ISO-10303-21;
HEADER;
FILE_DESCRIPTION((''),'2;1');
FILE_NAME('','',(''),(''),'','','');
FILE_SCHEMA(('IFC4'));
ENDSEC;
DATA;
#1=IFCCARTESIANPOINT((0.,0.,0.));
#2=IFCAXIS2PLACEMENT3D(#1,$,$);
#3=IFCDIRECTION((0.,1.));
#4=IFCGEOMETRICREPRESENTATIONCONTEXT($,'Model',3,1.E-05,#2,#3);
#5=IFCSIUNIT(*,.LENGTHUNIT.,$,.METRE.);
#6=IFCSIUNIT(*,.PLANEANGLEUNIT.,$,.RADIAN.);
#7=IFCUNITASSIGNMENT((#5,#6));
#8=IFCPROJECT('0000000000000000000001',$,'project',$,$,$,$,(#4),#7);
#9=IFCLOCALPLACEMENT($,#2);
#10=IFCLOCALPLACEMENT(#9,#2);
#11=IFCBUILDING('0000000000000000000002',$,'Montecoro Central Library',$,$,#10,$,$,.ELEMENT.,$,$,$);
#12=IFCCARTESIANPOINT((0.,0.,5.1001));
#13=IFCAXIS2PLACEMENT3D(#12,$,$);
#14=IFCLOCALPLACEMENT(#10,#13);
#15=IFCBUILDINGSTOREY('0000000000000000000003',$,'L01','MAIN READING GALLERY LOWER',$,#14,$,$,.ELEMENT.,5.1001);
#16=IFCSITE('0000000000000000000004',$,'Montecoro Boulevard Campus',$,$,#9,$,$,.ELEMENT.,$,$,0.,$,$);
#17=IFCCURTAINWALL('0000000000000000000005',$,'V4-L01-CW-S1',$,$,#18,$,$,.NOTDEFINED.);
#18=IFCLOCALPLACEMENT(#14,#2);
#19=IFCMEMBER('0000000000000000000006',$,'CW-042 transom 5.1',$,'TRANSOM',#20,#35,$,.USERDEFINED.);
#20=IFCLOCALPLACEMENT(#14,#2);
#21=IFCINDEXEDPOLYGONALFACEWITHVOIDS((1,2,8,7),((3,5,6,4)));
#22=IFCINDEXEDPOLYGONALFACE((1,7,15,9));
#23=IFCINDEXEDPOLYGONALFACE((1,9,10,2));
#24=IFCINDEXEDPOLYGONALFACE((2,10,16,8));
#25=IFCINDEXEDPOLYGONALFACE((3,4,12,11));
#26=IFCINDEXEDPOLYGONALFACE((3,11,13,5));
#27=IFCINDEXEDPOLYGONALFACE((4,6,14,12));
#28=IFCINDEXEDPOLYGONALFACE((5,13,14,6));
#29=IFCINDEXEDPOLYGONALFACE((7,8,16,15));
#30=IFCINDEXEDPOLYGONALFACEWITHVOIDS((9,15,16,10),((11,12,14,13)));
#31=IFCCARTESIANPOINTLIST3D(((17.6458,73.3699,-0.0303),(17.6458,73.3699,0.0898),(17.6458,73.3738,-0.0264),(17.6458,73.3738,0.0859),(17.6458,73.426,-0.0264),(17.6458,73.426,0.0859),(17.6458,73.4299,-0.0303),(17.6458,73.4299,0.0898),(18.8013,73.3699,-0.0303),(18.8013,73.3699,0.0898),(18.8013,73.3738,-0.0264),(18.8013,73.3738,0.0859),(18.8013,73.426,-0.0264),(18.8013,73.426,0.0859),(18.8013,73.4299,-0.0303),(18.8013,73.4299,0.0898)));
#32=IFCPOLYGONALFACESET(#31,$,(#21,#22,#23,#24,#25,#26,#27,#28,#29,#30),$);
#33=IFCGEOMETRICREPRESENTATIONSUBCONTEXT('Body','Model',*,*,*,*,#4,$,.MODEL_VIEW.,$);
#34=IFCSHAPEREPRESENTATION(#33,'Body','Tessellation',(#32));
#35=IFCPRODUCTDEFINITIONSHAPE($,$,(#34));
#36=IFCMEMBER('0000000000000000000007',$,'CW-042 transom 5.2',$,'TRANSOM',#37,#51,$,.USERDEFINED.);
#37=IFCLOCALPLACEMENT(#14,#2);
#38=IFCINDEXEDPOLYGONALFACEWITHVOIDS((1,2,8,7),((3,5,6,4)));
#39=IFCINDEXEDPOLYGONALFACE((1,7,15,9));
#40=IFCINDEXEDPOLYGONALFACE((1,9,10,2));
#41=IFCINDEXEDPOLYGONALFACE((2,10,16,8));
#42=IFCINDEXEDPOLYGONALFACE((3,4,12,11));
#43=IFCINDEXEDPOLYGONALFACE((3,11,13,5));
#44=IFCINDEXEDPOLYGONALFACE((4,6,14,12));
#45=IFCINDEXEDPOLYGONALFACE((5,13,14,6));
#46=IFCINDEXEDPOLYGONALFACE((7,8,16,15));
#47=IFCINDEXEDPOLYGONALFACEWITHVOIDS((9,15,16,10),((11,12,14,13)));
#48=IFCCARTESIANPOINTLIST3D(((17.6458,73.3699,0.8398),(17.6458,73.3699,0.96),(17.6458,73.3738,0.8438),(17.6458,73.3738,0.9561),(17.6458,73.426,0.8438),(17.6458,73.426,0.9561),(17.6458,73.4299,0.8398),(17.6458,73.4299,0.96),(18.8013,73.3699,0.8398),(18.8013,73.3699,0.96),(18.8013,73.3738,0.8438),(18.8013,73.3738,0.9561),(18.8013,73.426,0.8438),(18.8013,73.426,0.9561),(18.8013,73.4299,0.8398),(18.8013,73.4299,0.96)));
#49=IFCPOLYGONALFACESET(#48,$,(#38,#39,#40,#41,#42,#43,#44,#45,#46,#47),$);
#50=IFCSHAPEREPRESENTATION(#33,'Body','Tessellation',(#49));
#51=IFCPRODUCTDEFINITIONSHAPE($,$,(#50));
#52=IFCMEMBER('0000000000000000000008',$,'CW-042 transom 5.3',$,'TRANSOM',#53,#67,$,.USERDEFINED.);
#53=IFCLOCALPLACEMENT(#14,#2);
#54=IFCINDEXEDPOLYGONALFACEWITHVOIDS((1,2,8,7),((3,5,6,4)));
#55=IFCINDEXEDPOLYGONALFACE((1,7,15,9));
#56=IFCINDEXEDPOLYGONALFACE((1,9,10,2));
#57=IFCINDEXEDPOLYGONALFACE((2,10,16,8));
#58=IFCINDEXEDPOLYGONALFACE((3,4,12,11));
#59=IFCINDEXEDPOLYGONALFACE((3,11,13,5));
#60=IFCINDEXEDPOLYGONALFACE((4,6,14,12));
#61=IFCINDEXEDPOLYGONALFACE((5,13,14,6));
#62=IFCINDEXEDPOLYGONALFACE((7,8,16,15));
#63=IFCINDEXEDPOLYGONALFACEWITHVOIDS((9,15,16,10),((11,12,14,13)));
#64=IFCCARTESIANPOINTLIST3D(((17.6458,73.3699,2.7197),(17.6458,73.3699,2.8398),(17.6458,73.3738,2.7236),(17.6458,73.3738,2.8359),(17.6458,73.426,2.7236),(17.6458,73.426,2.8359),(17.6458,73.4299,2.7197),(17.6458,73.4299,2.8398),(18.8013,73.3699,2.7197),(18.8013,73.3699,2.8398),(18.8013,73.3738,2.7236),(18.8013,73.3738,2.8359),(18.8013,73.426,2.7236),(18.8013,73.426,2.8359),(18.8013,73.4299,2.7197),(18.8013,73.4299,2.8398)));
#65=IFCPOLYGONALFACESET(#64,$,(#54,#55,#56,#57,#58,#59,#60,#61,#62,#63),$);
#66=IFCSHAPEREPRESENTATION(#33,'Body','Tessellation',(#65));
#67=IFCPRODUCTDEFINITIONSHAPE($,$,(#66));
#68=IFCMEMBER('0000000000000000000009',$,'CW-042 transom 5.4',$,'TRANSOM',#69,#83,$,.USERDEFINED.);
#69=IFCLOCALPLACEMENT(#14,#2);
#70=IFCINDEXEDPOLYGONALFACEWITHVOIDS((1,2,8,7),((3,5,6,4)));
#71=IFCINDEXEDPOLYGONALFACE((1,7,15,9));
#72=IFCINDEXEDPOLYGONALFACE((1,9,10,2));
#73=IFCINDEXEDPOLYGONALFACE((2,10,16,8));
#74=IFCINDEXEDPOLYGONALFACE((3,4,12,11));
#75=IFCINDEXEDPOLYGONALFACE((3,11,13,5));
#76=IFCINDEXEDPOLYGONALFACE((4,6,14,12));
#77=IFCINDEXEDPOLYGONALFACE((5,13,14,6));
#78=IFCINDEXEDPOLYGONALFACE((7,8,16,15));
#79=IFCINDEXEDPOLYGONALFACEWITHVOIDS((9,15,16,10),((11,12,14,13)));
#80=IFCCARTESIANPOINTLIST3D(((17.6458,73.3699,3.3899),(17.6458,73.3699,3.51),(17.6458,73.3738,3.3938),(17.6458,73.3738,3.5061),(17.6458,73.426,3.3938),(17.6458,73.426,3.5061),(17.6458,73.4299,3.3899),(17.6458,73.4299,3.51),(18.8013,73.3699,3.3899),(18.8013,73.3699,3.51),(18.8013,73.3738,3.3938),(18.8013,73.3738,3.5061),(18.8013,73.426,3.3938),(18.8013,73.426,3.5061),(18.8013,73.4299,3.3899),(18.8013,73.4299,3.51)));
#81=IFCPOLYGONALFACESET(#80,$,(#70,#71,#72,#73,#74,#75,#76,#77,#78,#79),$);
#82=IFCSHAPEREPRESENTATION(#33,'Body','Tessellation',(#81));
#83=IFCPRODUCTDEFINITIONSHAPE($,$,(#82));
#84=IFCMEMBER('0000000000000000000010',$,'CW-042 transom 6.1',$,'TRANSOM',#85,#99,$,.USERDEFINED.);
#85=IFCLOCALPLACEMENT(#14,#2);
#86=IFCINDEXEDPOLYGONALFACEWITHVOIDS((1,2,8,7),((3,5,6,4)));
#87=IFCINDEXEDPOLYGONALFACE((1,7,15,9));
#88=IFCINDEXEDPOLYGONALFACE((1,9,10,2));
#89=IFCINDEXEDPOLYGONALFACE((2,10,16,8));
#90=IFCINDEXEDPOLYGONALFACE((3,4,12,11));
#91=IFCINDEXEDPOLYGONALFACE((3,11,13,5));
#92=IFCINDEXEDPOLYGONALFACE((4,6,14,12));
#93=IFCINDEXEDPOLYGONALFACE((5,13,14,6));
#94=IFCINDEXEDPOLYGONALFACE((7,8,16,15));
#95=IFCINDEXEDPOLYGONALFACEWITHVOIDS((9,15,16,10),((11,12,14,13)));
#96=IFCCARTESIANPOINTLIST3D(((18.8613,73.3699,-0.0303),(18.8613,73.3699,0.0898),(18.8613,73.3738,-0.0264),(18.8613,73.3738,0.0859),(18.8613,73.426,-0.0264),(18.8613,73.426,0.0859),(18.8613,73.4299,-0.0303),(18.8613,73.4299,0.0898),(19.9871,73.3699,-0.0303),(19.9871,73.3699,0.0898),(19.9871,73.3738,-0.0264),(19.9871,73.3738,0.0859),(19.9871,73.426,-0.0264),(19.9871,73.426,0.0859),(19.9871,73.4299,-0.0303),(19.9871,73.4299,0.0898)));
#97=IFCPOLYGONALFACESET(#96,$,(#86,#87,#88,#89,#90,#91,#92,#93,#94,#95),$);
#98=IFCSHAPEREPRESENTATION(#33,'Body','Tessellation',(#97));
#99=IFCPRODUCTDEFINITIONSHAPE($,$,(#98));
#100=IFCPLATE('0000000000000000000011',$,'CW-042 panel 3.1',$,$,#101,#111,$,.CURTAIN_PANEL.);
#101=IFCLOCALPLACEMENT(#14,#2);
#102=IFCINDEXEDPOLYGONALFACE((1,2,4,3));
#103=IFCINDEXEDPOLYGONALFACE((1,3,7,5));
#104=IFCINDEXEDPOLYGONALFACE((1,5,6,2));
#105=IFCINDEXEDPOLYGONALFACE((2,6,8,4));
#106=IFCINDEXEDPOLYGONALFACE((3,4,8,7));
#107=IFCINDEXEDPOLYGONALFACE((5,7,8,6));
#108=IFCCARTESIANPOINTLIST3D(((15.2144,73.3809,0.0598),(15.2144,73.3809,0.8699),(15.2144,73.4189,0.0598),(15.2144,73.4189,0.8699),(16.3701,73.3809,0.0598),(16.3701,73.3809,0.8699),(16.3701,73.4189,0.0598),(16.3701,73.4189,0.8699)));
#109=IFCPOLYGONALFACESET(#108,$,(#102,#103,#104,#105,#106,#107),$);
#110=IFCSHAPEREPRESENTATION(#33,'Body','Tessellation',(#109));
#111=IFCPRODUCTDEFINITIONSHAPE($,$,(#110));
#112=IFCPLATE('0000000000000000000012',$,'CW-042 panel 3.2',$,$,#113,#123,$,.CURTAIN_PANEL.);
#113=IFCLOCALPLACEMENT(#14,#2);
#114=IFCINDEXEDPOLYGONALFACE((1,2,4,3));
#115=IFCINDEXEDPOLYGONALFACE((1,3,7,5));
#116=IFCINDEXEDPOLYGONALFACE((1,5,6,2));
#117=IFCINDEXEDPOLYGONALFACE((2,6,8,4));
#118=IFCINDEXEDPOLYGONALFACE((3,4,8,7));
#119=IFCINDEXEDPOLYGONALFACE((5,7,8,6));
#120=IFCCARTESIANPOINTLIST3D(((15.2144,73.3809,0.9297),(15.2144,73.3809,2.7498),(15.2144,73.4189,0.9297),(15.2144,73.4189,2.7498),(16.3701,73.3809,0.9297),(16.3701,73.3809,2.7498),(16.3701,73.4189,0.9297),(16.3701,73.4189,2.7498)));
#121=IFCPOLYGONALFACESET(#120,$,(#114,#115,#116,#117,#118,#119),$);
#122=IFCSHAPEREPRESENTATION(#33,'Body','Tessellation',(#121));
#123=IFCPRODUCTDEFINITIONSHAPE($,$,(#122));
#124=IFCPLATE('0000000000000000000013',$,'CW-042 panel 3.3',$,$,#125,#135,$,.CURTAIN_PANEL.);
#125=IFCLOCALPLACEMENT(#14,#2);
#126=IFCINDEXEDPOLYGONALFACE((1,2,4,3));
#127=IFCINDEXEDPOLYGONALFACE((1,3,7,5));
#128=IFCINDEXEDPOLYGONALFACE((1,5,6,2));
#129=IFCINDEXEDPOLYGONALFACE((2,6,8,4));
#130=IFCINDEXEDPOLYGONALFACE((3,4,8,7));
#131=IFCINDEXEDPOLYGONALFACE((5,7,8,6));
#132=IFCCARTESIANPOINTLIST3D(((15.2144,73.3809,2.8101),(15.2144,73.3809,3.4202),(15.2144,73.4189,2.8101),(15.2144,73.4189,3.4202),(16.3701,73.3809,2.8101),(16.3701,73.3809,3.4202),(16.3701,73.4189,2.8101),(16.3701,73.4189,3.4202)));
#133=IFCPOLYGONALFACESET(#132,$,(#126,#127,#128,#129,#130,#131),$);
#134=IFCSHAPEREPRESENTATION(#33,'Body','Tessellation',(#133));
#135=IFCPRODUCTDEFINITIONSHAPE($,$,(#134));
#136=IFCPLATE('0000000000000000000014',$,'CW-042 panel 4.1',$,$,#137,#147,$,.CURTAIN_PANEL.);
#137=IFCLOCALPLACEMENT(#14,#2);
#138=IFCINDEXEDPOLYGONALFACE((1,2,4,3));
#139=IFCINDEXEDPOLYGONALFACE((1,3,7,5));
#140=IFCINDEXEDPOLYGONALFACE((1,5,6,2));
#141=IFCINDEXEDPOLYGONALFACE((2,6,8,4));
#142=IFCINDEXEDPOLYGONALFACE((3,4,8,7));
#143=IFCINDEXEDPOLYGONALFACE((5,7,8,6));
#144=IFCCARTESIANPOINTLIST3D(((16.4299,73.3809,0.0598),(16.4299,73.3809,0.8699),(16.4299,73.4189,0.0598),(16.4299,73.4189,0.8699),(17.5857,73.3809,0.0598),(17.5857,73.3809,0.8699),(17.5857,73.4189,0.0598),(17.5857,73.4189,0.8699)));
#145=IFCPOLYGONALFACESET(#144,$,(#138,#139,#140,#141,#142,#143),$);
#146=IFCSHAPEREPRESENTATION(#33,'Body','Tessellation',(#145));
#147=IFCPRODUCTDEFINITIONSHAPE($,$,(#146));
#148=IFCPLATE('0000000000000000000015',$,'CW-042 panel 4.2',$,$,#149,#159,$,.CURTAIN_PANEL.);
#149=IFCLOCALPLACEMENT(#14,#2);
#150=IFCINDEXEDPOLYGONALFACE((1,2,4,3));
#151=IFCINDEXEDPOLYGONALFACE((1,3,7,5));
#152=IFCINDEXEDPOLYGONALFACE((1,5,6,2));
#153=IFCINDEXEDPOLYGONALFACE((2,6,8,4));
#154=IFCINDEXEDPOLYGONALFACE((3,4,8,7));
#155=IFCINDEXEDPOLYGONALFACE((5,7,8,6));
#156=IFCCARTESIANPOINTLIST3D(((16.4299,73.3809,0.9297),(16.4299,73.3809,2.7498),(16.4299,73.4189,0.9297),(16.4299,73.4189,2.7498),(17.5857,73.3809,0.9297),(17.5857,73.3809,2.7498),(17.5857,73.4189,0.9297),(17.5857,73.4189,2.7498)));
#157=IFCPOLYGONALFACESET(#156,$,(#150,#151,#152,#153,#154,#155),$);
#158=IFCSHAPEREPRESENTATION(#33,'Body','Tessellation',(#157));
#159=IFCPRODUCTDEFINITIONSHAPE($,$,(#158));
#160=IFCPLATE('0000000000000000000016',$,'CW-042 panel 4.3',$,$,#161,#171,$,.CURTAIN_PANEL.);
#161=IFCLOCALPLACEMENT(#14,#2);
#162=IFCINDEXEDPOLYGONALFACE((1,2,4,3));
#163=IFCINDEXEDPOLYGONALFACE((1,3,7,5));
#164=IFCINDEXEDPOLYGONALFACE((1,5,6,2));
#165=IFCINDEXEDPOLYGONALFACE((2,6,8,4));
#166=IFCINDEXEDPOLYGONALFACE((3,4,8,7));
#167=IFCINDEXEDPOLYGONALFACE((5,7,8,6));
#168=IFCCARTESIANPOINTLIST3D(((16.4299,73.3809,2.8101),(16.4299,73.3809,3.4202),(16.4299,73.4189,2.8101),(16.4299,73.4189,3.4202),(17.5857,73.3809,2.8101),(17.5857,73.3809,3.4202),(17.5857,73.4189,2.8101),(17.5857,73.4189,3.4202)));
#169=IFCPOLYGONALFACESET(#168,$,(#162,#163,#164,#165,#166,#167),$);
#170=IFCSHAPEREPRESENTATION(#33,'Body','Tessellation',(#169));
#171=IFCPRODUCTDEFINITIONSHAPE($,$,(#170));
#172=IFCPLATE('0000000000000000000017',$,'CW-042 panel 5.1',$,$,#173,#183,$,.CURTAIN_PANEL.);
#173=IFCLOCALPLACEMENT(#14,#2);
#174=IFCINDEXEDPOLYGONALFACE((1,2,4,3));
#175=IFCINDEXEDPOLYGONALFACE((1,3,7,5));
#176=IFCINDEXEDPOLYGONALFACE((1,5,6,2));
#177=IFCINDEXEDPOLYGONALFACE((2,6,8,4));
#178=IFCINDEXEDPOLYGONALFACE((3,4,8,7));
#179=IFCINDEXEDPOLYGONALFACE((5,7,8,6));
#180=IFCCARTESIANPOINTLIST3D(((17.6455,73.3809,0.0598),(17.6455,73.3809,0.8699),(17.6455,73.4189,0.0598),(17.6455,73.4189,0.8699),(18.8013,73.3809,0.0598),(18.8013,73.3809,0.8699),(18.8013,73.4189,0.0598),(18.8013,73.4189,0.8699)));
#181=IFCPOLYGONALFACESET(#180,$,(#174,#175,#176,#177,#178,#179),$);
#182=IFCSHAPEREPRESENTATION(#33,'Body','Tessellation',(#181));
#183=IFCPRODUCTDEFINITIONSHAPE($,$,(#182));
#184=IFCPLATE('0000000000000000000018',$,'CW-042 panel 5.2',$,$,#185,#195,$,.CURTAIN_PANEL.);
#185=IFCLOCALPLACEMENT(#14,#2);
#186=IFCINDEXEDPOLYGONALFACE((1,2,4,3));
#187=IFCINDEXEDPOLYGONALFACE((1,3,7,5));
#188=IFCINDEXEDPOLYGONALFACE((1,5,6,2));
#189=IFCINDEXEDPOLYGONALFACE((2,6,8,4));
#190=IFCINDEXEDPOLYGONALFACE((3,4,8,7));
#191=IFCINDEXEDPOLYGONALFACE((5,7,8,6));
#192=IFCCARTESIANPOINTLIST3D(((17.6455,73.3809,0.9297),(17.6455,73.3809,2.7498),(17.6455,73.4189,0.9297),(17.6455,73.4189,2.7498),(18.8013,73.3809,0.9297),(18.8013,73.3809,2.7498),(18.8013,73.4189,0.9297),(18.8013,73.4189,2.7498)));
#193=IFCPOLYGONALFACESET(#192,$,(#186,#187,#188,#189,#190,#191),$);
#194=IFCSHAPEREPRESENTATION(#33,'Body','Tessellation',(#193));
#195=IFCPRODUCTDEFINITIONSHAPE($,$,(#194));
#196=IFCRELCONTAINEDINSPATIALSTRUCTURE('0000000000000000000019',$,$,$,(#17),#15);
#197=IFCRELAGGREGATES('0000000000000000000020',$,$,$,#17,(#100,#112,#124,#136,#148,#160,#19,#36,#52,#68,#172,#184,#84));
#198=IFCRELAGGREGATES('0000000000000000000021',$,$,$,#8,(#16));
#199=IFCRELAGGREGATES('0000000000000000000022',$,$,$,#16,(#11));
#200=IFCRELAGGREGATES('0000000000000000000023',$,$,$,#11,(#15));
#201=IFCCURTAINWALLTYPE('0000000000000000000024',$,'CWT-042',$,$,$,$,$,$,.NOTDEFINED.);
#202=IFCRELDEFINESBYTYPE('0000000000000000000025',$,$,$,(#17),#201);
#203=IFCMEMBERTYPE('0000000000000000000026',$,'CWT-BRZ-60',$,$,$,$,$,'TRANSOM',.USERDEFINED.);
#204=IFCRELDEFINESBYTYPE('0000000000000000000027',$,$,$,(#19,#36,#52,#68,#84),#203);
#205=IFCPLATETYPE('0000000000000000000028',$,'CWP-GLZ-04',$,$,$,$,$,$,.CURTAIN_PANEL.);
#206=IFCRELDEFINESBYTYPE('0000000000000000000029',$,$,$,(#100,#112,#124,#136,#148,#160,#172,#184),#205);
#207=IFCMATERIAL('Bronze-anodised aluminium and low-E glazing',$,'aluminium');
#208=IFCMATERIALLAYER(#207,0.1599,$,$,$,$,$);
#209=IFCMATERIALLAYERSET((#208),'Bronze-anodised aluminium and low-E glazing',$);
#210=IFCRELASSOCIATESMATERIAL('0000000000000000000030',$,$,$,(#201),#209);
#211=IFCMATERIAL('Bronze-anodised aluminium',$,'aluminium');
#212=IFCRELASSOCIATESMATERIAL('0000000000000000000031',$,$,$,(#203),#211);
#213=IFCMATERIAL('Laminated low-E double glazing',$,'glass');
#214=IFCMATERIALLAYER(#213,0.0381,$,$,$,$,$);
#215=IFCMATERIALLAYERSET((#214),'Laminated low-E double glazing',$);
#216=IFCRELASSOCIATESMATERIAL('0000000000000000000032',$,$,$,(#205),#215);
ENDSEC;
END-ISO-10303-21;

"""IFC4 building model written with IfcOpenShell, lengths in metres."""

from ifc_helpers import new_model, si_unit, direction, frame, origin, origin_2d, place, context, subcontext, project, spatial, rectangle, hollow_rectangle, extrude, material, layer, layer_set, material_profile, profile_set, type_object, element, aggregate, save


model = new_model("IFC4")

# Units and contexts
model_context = context("Model", 3, precision=1e-05, world=origin(), true_north=direction((0.0, 1.0)))
body_context = subcontext(model_context, "Body", "Model", "MODEL_VIEW")
ifc_project = project(units=[si_unit("LENGTHUNIT", "METRE"), si_unit("PLANEANGLEUNIT", "RADIAN")], contexts=[model_context])

# Site, building, storey
site_placement = place(None, origin())
site = spatial("IfcSite", under=ifc_project, at=site_placement, Name="Montecoro Boulevard Campus", CompositionType="ELEMENT", RefElevation=0.0)
building_placement = place(site_placement, origin())
building = spatial("IfcBuilding", under=site, at=building_placement, Name="Montecoro Central Library", CompositionType="ELEMENT")
storey_placement = place(building_placement, frame((0.0, 0.0, 5.1001)))
storey = spatial("IfcBuildingStorey", under=building, at=storey_placement, Name="L01", Description="MAIN READING GALLERY LOWER", CompositionType="ELEMENT", Elevation=5.1001)

# Curtain wall, members, plates
ifc_material_1 = material(Name="Bronze-anodised aluminium and low-E glazing", Category="aluminium")
ifc_layer_1 = layer(ifc_material_1, 0.1599)
ifc_layer_set_1 = layer_set([ifc_layer_1], Name="Bronze-anodised aluminium and low-E glazing")
curtain_wall_type = type_object("IfcCurtainWallType", Name="CWT-042", PredefinedType="NOTDEFINED", material=ifc_layer_set_1)
curtain_wall_placement = place(storey_placement, origin())
curtain_wall = element("IfcCurtainWall", 1, at=curtain_wall_placement, inside=storey, type_object=curtain_wall_type, Name="V4-L01-CW-S1", PredefinedType="NOTDEFINED")
ifc_material_2 = material(Name="Bronze-anodised aluminium", Category="aluminium")
ifc_material_profile_1 = material_profile(ifc_material_2, hollow_rectangle(XDim=0.0601, YDim=0.1201, WallThickness=0.0039, at=origin_2d()), Name="CWT 120x60x4.0")
ifc_profile_set_1 = profile_set([ifc_material_profile_1], Name="Bronze-anodised aluminium")
member_type_1 = type_object("IfcMemberType", Name="CWT-BRZ-60", ElementType="TRANSOM", PredefinedType="USERDEFINED", material=ifc_profile_set_1)
member_1_placement = place(storey_placement, frame((17.6458, 73.3999, 0.0298), z_axis=(1.0, 0.0, 0.0), x_axis=(0.0, 1.0, 0.0)))
member_1 = element("IfcMember", 2, at=member_1_placement, type_object=member_type_1, Name="CW-042 transom 5.1", ObjectType="TRANSOM", PredefinedType="USERDEFINED", context=body_context, shape_type="SweptSolid", body=[
    extrude(hollow_rectangle(XDim=0.0601, YDim=0.1201, WallThickness=0.0039, at=origin_2d()), origin(), (0.0, 0.0, 1.0), 1.1555),
])
member_2_placement = place(storey_placement, frame((17.6458, 73.3999, 0.8999), z_axis=(1.0, 0.0, 0.0), x_axis=(0.0, 1.0, 0.0)))
member_2 = element("IfcMember", 3, at=member_2_placement, type_object=member_type_1, Name="CW-042 transom 5.2", ObjectType="TRANSOM", PredefinedType="USERDEFINED", context=body_context, shape_type="SweptSolid", body=[
    extrude(hollow_rectangle(XDim=0.0601, YDim=0.1201, WallThickness=0.0039, at=origin_2d()), origin(), (0.0, 0.0, 1.0), 1.1555),
])
member_3_placement = place(storey_placement, frame((17.6458, 73.3999, 2.7798), z_axis=(1.0, 0.0, 0.0), x_axis=(0.0, 1.0, 0.0)))
member_3 = element("IfcMember", 4, at=member_3_placement, type_object=member_type_1, Name="CW-042 transom 5.3", ObjectType="TRANSOM", PredefinedType="USERDEFINED", context=body_context, shape_type="SweptSolid", body=[
    extrude(hollow_rectangle(XDim=0.0601, YDim=0.1201, WallThickness=0.0039, at=origin_2d()), origin(), (0.0, 0.0, 1.0), 1.1555),
])
member_4_placement = place(storey_placement, frame((17.6458, 73.3999, 3.45), z_axis=(1.0, 0.0, 0.0), x_axis=(0.0, 1.0, 0.0)))
member_4 = element("IfcMember", 5, at=member_4_placement, type_object=member_type_1, Name="CW-042 transom 5.4", ObjectType="TRANSOM", PredefinedType="USERDEFINED", context=body_context, shape_type="SweptSolid", body=[
    extrude(hollow_rectangle(XDim=0.0601, YDim=0.1201, WallThickness=0.0039, at=origin_2d()), origin(), (0.0, 0.0, 1.0), 1.1555),
])
member_5_placement = place(storey_placement, frame((18.8613, 73.3999, 0.0298), z_axis=(1.0, 0.0, 0.0), x_axis=(0.0, 1.0, 0.0)))
member_5 = element("IfcMember", 6, at=member_5_placement, type_object=member_type_1, Name="CW-042 transom 6.1", ObjectType="TRANSOM", PredefinedType="USERDEFINED", context=body_context, shape_type="SweptSolid", body=[
    extrude(hollow_rectangle(XDim=0.0601, YDim=0.1201, WallThickness=0.0039, at=origin_2d()), origin(), (0.0, 0.0, 1.0), 1.1257),
])
ifc_material_3 = material(Name="Laminated low-E double glazing", Category="glass")
ifc_layer_2 = layer(ifc_material_3, 0.0381)
ifc_layer_set_2 = layer_set([ifc_layer_2], Name="Laminated low-E double glazing")
plate_type = type_object("IfcPlateType", Name="CWP-GLZ-04", PredefinedType="CURTAIN_PANEL", material=ifc_layer_set_2)
plate_1_placement = place(storey_placement, frame((15.7922, 73.3999, 0.0598), z_axis=(0.0, 0.0, 1.0), x_axis=(1.0, 0.0, 0.0)))
plate_1 = element("IfcPlate", 7, at=plate_1_placement, type_object=plate_type, Name="CW-042 panel 3.1", PredefinedType="CURTAIN_PANEL", context=body_context, shape_type="SweptSolid", body=[
    extrude(rectangle(XDim=1.1558, YDim=0.0381, at=origin_2d()), origin(), (0.0, 0.0, 1.0), 0.8101),
])
plate_2_placement = place(storey_placement, frame((15.7922, 73.3999, 0.9297), z_axis=(0.0, 0.0, 1.0), x_axis=(1.0, 0.0, 0.0)))
plate_2 = element("IfcPlate", 8, at=plate_2_placement, type_object=plate_type, Name="CW-042 panel 3.2", PredefinedType="CURTAIN_PANEL", context=body_context, shape_type="SweptSolid", body=[
    extrude(rectangle(XDim=1.1558, YDim=0.0381, at=origin_2d()), origin(), (0.0, 0.0, 1.0), 1.8201),
])
plate_3_placement = place(storey_placement, frame((15.7922, 73.3999, 2.8101), z_axis=(0.0, 0.0, 1.0), x_axis=(1.0, 0.0, 0.0)))
plate_3 = element("IfcPlate", 9, at=plate_3_placement, type_object=plate_type, Name="CW-042 panel 3.3", PredefinedType="CURTAIN_PANEL", context=body_context, shape_type="SweptSolid", body=[
    extrude(rectangle(XDim=1.1558, YDim=0.0381, at=origin_2d()), origin(), (0.0, 0.0, 1.0), 0.6101),
])
plate_4_placement = place(storey_placement, frame((17.0078, 73.3999, 0.0598), z_axis=(0.0, 0.0, 1.0), x_axis=(1.0, 0.0, 0.0)))
plate_4 = element("IfcPlate", 10, at=plate_4_placement, type_object=plate_type, Name="CW-042 panel 4.1", PredefinedType="CURTAIN_PANEL", context=body_context, shape_type="SweptSolid", body=[
    extrude(rectangle(XDim=1.1558, YDim=0.0381, at=origin_2d()), origin(), (0.0, 0.0, 1.0), 0.8101),
])
plate_5_placement = place(storey_placement, frame((17.0078, 73.3999, 0.9297), z_axis=(0.0, 0.0, 1.0), x_axis=(1.0, 0.0, 0.0)))
plate_5 = element("IfcPlate", 11, at=plate_5_placement, type_object=plate_type, Name="CW-042 panel 4.2", PredefinedType="CURTAIN_PANEL", context=body_context, shape_type="SweptSolid", body=[
    extrude(rectangle(XDim=1.1558, YDim=0.0381, at=origin_2d()), origin(), (0.0, 0.0, 1.0), 1.8201),
])
plate_6_placement = place(storey_placement, frame((17.0078, 73.3999, 2.8101), z_axis=(0.0, 0.0, 1.0), x_axis=(1.0, 0.0, 0.0)))
plate_6 = element("IfcPlate", 12, at=plate_6_placement, type_object=plate_type, Name="CW-042 panel 4.3", PredefinedType="CURTAIN_PANEL", context=body_context, shape_type="SweptSolid", body=[
    extrude(rectangle(XDim=1.1558, YDim=0.0381, at=origin_2d()), origin(), (0.0, 0.0, 1.0), 0.6101),
])
plate_7_placement = place(storey_placement, frame((18.2234, 73.3999, 0.0598), z_axis=(0.0, 0.0, 1.0), x_axis=(1.0, 0.0, 0.0)))
plate_7 = element("IfcPlate", 13, at=plate_7_placement, type_object=plate_type, Name="CW-042 panel 5.1", PredefinedType="CURTAIN_PANEL", context=body_context, shape_type="SweptSolid", body=[
    extrude(rectangle(XDim=1.1558, YDim=0.0381, at=origin_2d()), origin(), (0.0, 0.0, 1.0), 0.8101),
])
plate_8_placement = place(storey_placement, frame((18.2234, 73.3999, 0.9297), z_axis=(0.0, 0.0, 1.0), x_axis=(1.0, 0.0, 0.0)))
plate_8 = element("IfcPlate", 14, at=plate_8_placement, type_object=plate_type, Name="CW-042 panel 5.2", PredefinedType="CURTAIN_PANEL", context=body_context, shape_type="SweptSolid", body=[
    extrude(rectangle(XDim=1.1558, YDim=0.0381, at=origin_2d()), origin(), (0.0, 0.0, 1.0), 1.8201),
])
aggregate(curtain_wall, [plate_1, plate_2, plate_3, plate_4, plate_5, plate_6, member_1, member_2, member_3, member_4, plate_7, plate_8, member_5])

save(model, "model.ifc")
